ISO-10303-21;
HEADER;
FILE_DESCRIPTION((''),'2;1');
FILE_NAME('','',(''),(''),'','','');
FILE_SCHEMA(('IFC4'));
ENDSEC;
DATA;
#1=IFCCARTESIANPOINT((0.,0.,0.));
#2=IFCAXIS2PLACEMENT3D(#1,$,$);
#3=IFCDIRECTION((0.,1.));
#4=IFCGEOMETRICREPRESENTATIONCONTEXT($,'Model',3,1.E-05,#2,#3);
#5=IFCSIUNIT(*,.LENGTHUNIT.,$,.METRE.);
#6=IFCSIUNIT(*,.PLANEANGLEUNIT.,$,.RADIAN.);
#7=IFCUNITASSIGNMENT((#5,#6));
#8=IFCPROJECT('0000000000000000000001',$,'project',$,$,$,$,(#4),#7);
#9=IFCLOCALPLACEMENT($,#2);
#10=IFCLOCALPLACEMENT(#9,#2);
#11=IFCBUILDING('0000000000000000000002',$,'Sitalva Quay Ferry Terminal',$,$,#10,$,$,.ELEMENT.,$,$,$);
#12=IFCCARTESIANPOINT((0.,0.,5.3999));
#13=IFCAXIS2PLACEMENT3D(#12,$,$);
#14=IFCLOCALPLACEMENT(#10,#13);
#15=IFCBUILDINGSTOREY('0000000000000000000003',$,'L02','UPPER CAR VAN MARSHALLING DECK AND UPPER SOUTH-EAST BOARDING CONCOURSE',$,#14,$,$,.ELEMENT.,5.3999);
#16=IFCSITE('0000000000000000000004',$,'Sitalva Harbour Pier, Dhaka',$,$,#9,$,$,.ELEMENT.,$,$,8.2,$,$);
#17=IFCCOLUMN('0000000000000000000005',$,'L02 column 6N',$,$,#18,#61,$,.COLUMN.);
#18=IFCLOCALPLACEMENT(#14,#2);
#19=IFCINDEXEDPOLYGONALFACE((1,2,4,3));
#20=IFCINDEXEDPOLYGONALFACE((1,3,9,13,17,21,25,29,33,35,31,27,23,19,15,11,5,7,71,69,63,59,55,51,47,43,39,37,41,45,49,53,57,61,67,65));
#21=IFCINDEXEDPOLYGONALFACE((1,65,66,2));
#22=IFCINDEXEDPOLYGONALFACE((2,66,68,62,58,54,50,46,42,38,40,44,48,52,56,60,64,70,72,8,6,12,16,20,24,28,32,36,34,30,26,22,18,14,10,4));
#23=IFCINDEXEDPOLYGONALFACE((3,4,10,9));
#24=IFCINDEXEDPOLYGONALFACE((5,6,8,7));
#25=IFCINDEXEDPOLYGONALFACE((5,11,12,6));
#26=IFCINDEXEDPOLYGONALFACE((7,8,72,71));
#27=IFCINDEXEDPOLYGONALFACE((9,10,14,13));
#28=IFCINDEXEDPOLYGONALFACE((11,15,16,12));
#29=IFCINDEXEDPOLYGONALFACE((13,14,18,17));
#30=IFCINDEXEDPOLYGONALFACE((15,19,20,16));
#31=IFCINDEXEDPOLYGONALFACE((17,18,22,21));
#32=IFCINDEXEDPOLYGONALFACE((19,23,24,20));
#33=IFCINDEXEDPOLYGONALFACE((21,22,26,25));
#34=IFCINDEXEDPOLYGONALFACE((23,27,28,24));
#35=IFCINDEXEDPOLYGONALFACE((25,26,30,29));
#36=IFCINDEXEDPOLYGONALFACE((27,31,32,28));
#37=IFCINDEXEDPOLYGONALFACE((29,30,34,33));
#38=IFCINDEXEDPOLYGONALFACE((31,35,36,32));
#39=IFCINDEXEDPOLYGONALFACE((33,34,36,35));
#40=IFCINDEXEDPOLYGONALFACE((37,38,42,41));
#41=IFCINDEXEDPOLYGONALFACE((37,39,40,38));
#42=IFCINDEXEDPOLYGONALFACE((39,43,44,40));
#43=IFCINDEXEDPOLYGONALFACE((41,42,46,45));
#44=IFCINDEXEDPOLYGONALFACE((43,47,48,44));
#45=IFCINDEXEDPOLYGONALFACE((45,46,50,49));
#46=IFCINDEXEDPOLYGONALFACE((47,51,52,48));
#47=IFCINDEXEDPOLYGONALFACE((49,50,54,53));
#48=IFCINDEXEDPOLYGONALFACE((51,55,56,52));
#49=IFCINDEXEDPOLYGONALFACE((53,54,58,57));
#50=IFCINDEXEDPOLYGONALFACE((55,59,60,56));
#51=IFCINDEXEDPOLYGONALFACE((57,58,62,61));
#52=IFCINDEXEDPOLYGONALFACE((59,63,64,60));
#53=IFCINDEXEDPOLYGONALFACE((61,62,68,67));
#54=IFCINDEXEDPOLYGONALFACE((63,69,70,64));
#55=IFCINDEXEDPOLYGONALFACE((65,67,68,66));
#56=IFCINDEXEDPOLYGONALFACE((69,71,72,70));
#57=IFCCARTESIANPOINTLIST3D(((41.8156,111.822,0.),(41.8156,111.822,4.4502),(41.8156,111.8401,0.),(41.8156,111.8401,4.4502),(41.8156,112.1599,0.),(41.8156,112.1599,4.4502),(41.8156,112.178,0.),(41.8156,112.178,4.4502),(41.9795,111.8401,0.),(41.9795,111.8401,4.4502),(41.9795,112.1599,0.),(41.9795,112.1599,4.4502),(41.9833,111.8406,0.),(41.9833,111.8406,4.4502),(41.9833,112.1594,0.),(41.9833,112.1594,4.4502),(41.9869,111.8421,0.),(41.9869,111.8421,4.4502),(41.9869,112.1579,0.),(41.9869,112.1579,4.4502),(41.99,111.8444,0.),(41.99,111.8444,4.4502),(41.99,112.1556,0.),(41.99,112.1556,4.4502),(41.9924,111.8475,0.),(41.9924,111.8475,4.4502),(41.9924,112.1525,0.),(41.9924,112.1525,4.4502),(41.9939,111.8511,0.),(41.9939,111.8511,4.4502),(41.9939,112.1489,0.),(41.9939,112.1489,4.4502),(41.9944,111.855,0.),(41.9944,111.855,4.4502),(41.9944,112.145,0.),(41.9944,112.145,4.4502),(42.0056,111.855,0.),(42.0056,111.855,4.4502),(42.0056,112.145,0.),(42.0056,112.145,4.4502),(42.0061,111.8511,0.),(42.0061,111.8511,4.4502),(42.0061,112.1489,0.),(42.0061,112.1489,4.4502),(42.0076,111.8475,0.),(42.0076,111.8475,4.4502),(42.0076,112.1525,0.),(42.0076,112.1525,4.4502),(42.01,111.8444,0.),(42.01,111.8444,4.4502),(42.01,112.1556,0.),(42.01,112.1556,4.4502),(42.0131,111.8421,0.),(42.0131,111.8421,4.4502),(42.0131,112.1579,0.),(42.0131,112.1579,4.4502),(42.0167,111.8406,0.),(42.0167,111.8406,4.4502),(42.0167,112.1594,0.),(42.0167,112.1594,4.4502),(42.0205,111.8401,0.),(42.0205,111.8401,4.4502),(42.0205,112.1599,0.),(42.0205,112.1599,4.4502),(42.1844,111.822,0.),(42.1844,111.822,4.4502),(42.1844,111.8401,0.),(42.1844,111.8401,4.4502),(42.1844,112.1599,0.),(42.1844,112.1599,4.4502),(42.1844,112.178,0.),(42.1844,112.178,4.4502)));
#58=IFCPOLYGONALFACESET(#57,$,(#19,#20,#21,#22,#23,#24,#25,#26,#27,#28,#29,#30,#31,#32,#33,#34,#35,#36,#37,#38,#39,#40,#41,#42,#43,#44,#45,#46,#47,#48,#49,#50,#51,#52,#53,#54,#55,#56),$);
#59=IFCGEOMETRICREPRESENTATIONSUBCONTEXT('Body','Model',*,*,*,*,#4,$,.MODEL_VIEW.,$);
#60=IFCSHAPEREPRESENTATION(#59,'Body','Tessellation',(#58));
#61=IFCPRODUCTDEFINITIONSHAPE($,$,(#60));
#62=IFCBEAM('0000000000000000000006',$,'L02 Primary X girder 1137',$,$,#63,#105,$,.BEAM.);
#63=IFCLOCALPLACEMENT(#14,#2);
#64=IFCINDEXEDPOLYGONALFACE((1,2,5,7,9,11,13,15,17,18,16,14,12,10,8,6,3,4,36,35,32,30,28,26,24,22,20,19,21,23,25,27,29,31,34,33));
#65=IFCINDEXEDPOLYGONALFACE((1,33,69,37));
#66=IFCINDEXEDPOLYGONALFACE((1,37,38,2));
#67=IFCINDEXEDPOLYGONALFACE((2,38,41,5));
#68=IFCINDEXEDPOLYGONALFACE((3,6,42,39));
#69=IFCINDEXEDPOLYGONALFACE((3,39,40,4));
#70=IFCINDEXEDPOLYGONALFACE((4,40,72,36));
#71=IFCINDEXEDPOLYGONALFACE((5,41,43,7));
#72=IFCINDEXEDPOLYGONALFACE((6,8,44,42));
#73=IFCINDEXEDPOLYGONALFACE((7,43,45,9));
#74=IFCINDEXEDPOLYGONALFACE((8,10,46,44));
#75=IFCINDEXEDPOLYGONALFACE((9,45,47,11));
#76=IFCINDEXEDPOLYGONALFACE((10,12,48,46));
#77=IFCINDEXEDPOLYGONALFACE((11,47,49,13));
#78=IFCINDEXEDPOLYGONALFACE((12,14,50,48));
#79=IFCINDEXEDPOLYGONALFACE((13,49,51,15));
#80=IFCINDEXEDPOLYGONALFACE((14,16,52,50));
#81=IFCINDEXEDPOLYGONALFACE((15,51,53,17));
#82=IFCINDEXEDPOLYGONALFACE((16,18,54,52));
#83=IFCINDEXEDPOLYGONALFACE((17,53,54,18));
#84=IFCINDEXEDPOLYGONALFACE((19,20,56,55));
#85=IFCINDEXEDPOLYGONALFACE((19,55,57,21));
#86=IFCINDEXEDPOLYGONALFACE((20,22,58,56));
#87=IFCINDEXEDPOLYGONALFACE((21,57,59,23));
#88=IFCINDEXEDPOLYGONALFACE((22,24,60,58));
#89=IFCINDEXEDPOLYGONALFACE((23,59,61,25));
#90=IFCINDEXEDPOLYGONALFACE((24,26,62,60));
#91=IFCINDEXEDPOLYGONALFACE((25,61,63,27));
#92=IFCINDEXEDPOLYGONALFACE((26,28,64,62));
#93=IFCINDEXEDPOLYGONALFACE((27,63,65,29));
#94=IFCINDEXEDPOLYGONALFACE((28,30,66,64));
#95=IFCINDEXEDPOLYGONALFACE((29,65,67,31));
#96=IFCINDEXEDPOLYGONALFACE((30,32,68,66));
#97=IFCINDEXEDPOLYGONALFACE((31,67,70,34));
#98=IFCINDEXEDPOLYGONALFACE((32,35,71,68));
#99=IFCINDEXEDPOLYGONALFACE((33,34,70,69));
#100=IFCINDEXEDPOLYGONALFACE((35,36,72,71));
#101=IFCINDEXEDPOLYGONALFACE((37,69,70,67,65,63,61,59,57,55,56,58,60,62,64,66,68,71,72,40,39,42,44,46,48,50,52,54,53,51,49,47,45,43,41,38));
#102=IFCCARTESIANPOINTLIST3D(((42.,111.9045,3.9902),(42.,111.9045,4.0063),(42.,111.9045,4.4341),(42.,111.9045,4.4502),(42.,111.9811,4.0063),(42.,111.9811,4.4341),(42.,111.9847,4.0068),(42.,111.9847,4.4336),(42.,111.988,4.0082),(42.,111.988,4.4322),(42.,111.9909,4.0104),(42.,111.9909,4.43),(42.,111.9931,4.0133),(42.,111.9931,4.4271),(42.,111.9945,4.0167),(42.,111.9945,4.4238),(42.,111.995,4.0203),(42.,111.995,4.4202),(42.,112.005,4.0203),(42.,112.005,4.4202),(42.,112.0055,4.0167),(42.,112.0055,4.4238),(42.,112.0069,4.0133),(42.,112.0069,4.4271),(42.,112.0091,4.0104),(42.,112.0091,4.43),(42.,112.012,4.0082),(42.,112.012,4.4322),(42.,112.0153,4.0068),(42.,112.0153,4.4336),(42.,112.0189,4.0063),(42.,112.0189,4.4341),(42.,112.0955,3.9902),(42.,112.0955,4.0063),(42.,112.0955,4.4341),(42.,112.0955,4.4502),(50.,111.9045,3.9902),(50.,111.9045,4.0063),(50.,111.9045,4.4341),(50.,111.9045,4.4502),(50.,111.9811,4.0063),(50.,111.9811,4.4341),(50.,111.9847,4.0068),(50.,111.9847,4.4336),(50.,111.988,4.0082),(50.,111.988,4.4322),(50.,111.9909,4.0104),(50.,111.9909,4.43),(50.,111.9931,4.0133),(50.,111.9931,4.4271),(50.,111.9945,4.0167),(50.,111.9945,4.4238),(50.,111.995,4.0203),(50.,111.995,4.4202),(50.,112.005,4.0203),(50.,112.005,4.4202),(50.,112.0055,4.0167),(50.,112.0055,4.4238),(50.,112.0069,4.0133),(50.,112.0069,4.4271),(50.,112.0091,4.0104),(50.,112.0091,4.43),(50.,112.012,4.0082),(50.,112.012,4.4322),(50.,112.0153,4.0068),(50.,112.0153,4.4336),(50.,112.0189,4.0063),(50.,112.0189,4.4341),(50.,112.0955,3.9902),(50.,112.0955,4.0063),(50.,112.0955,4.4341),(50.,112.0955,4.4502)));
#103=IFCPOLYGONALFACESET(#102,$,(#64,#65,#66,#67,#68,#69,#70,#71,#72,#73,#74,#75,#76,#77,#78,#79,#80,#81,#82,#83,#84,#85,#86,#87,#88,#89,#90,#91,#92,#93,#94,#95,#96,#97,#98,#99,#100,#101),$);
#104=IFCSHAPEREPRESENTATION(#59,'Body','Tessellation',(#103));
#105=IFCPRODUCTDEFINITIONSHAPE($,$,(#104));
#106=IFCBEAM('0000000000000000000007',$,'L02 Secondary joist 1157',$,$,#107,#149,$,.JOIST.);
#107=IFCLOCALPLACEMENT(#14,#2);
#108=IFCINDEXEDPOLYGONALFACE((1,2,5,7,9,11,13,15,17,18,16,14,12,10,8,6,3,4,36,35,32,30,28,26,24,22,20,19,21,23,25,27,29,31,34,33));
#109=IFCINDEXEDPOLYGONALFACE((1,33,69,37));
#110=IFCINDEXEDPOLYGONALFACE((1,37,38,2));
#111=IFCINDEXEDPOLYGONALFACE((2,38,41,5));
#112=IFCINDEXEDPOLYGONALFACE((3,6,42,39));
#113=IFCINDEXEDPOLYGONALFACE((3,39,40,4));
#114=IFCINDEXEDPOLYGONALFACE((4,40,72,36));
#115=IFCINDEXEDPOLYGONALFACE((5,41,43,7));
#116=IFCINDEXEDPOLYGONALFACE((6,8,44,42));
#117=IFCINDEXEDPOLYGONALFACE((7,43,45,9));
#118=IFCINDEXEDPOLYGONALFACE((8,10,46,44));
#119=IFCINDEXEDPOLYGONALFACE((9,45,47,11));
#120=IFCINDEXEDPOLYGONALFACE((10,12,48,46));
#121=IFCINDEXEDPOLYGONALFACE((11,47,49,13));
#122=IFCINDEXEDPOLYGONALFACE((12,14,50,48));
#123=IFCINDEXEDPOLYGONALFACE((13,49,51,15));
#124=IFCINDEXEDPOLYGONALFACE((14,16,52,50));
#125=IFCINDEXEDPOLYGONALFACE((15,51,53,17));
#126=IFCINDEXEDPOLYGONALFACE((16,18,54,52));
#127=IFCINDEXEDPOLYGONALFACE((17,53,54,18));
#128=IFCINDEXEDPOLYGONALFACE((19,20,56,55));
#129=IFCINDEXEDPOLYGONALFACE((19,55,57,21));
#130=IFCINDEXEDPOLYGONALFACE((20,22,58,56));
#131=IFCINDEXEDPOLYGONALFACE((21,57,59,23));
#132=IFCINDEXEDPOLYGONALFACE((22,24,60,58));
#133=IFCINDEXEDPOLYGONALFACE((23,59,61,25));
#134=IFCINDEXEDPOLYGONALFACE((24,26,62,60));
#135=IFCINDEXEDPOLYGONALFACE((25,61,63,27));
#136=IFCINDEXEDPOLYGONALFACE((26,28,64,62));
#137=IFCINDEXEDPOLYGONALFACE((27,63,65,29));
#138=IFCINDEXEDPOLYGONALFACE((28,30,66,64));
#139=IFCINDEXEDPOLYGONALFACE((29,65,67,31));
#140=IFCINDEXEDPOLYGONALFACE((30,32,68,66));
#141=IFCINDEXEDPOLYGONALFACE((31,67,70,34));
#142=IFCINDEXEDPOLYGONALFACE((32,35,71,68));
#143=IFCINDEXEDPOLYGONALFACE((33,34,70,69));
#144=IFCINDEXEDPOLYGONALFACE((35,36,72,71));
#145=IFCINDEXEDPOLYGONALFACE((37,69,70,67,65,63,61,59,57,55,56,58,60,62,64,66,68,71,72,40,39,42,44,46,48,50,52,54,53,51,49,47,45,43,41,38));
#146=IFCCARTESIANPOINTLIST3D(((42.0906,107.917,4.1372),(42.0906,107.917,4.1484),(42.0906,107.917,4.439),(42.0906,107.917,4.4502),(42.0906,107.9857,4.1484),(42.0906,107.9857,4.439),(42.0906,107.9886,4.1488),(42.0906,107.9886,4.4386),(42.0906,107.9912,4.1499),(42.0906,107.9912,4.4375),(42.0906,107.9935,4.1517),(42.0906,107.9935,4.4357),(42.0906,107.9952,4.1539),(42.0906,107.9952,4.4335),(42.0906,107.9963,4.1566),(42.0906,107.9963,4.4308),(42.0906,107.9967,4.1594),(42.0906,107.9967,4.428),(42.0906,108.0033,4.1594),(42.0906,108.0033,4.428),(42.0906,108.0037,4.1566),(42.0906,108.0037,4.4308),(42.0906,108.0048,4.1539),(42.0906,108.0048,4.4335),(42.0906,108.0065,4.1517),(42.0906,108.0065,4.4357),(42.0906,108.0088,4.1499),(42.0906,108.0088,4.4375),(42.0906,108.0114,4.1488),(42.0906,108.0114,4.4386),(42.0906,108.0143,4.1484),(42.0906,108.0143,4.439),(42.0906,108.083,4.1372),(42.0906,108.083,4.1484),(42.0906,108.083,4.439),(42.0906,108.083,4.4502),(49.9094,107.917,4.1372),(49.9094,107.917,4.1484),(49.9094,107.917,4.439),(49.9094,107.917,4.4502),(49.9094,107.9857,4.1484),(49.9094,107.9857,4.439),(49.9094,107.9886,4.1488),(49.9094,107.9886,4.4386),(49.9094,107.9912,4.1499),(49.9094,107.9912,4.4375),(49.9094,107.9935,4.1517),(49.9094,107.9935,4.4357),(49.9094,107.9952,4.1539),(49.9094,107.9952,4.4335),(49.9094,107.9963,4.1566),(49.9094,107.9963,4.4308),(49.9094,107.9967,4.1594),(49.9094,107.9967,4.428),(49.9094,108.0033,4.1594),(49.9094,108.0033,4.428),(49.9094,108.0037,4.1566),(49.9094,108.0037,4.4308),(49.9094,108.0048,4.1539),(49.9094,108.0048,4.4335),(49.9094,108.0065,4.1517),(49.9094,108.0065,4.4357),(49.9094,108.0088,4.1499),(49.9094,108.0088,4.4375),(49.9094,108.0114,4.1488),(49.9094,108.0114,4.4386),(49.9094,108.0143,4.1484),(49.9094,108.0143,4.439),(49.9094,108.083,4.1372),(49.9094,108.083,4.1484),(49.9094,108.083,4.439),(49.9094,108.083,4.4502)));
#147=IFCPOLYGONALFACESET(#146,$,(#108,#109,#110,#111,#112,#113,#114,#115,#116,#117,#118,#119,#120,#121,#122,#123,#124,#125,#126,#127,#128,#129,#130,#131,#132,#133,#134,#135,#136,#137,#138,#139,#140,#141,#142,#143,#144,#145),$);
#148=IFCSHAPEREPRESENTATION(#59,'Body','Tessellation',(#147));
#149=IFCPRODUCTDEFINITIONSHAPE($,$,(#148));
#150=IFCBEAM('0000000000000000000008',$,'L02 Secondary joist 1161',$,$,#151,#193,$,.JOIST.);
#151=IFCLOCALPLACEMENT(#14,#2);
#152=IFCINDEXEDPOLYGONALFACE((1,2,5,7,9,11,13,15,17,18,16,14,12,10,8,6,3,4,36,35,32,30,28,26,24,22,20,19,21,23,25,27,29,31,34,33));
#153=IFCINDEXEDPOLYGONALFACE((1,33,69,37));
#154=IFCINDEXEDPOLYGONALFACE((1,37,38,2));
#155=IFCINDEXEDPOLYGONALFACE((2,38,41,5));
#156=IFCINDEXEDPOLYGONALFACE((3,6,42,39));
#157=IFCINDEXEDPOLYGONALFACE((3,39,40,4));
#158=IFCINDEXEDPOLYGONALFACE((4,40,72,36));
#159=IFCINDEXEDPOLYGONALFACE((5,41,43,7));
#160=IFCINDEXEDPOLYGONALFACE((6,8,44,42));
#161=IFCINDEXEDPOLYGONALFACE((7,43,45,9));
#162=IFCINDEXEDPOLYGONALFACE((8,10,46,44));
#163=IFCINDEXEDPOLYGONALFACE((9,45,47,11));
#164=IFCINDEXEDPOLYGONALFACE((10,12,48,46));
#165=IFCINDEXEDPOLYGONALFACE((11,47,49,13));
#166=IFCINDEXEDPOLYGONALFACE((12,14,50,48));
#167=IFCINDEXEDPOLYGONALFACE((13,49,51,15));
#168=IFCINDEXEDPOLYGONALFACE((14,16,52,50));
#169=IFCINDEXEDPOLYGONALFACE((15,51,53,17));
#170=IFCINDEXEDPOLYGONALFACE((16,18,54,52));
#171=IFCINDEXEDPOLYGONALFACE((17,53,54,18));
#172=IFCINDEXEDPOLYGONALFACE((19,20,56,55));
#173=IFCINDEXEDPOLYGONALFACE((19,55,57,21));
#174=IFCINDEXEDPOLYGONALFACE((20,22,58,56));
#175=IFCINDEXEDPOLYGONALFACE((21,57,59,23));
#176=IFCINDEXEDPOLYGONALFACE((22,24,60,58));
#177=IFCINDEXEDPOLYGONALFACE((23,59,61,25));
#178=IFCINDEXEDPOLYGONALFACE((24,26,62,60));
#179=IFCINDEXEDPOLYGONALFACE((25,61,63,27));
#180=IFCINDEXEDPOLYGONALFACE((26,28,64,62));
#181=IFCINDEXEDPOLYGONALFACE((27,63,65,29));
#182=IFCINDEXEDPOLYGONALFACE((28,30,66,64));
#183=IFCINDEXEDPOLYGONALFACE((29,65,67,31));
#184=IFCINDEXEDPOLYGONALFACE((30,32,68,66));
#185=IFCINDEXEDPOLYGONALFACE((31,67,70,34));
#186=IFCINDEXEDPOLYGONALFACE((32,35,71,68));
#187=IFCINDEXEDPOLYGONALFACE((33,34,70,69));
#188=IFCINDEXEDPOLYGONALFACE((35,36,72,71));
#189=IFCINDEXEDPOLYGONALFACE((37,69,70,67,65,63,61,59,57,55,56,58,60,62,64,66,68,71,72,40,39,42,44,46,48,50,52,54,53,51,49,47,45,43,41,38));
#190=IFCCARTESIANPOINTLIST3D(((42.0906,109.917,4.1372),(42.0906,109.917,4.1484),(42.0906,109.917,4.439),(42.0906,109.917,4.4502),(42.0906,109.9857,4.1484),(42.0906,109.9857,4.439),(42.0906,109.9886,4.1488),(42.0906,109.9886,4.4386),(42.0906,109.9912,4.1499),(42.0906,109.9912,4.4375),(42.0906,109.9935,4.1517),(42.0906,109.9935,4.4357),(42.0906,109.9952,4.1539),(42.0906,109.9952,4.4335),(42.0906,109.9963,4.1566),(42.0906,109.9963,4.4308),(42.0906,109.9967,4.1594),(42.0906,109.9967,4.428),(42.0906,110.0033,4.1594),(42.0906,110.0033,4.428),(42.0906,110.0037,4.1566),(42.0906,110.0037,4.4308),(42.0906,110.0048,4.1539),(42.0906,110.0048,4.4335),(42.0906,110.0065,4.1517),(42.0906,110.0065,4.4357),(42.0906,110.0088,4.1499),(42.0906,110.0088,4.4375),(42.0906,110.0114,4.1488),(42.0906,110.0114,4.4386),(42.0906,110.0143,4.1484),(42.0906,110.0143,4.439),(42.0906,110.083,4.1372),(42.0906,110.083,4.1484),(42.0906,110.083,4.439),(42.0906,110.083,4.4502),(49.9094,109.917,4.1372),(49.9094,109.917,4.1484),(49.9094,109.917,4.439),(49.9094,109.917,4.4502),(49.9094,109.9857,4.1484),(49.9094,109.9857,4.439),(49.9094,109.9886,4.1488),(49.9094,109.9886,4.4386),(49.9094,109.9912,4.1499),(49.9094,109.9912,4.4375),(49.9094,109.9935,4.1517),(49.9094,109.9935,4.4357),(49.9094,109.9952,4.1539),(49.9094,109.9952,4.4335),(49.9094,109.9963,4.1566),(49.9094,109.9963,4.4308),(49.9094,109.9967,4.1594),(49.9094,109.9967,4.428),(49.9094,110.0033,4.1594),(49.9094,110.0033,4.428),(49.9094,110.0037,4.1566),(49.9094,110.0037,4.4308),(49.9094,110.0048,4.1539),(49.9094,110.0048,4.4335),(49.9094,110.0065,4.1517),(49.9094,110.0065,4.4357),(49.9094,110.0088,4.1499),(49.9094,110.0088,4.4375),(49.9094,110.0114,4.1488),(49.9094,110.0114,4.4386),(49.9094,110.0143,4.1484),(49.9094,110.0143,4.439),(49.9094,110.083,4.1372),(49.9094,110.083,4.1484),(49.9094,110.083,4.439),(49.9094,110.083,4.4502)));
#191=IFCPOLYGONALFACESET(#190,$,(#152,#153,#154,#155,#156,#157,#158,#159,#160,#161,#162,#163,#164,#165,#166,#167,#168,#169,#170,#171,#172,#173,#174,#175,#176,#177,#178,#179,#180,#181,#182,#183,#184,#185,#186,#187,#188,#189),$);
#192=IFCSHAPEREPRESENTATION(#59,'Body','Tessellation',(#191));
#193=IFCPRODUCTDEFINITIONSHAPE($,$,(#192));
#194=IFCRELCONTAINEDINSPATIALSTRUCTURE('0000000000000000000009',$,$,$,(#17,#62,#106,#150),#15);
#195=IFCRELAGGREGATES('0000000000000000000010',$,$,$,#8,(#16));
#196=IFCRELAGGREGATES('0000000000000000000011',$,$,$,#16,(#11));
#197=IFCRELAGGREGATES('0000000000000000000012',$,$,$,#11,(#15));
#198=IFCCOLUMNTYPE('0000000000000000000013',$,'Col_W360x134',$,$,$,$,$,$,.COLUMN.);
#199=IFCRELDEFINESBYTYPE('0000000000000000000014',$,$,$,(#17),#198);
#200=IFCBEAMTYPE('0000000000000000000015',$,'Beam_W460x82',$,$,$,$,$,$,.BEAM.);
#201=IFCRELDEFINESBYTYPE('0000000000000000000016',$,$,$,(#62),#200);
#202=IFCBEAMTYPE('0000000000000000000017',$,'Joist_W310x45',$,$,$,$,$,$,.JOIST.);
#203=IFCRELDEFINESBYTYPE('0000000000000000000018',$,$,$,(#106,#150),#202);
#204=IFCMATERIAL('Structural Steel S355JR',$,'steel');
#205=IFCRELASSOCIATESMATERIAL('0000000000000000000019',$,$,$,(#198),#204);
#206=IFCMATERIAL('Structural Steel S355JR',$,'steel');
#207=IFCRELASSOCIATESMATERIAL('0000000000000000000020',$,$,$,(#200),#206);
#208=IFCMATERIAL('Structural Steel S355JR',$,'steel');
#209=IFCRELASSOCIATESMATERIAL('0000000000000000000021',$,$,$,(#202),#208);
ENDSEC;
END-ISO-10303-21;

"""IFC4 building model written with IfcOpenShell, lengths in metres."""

from ifc_helpers import new_model, si_unit, direction, frame, origin, origin_2d, place, context, subcontext, project, spatial, i_section, extrude, material, material_profile, profile_set, type_object, element, save


model = new_model("IFC4")

# Units and contexts
model_context = context("Model", 3, precision=1e-05, world=origin(), true_north=direction((0.0, 1.0)))
body_context = subcontext(model_context, "Body", "Model", "MODEL_VIEW")
ifc_project = project(units=[si_unit("LENGTHUNIT", "METRE"), si_unit("PLANEANGLEUNIT", "RADIAN")], contexts=[model_context])

# Site, building, storey
site_placement = place(None, origin())
site = spatial("IfcSite", under=ifc_project, at=site_placement, Name="Sitalva Harbour Pier, Dhaka", CompositionType="ELEMENT", RefElevation=8.2)
building_placement = place(site_placement, origin())
building = spatial("IfcBuilding", under=site, at=building_placement, Name="Sitalva Quay Ferry Terminal", CompositionType="ELEMENT")
storey_placement = place(building_placement, frame((0.0, 0.0, 5.3999)))
storey = spatial("IfcBuildingStorey", under=building, at=storey_placement, Name="L02", Description="UPPER CAR VAN MARSHALLING DECK AND UPPER SOUTH-EAST BOARDING CONCOURSE", CompositionType="ELEMENT", Elevation=5.3999)

# Column
ifc_material_1 = material(Name="Structural Steel S355JR", Category="steel")
ifc_material_profile_1 = material_profile(ifc_material_1, i_section(OverallWidth=0.3689, OverallDepth=0.356, WebThickness=0.0112, FlangeThickness=0.0181, FilletRadius=0.0149, at=origin_2d()), Name="W360x134")
ifc_profile_set_1 = profile_set([ifc_material_profile_1], Name="Structural Steel S355JR")
column_type = type_object("IfcColumnType", Name="Col_W360x134", PredefinedType="COLUMN", material=ifc_profile_set_1)
column_placement = place(storey_placement, frame((42.0, 112.0, 0.0), z_axis=(0.0, 0.0, 1.0), x_axis=(1.0, 0.0, 0.0)))
element("IfcColumn", 1, at=column_placement, inside=storey, type_object=column_type, Name="L02 column 6N", PredefinedType="COLUMN", context=body_context, shape_type="SweptSolid", body=[
    extrude(i_section(OverallWidth=0.3689, OverallDepth=0.356, WebThickness=0.0112, FlangeThickness=0.0181, FilletRadius=0.0149, at=origin_2d()), origin(), (0.0, 0.0, 1.0), 4.4502),
])

# Beams
ifc_material_2 = material(Name="Structural Steel S355JR", Category="steel")
ifc_material_profile_2 = material_profile(ifc_material_2, i_section(OverallWidth=0.1909, OverallDepth=0.46, WebThickness=0.01, FlangeThickness=0.0161, FilletRadius=0.0139, at=origin_2d()), Name="W460x82")
ifc_profile_set_2 = profile_set([ifc_material_profile_2], Name="Structural Steel S355JR")
beam_type_1 = type_object("IfcBeamType", Name="Beam_W460x82", PredefinedType="BEAM", material=ifc_profile_set_2)
beam_placement = place(storey_placement, frame((42.0, 112.0, 4.2202), z_axis=(1.0, 0.0, 0.0), x_axis=(0.0, 1.0, 0.0)))
element("IfcBeam", 2, at=beam_placement, inside=storey, type_object=beam_type_1, Name="L02 Primary X girder 1137", PredefinedType="BEAM", context=body_context, shape_type="SweptSolid", body=[
    extrude(i_section(OverallWidth=0.1909, OverallDepth=0.46, WebThickness=0.01, FlangeThickness=0.0161, FilletRadius=0.0139, at=origin_2d()), origin(), (0.0, 0.0, 1.0), 8.0),
])
ifc_material_3 = material(Name="Structural Steel S355JR", Category="steel")
ifc_material_profile_3 = material_profile(ifc_material_3, i_section(OverallWidth=0.166, OverallDepth=0.313, WebThickness=0.0066, FlangeThickness=0.0112, FilletRadius=0.011, at=origin_2d()), Name="W310x45")
ifc_profile_set_3 = profile_set([ifc_material_profile_3], Name="Structural Steel S355JR")
beam_type_2 = type_object("IfcBeamType", Name="Joist_W310x45", PredefinedType="JOIST", material=ifc_profile_set_3)
for number, where, z_axis, x_axis, name in (
    (3, (42.0906, 108.0, 4.2937), (1.0, 0.0, 0.0), (0.0, 1.0, 0.0), "L02 Secondary joist 1157"),
    (4, (42.0906, 110.0, 4.2937), (1.0, 0.0, 0.0), (0.0, 1.0, 0.0), "L02 Secondary joist 1161"),
):
    element("IfcBeam", number, at=place(storey_placement, frame(where, z_axis=z_axis, x_axis=x_axis)), inside=storey, type_object=beam_type_2, Name=name, PredefinedType="JOIST", context=body_context, shape_type="SweptSolid", body=[
        extrude(i_section(OverallWidth=0.166, OverallDepth=0.313, WebThickness=0.0066, FlangeThickness=0.0112, FilletRadius=0.011, at=origin_2d()), origin(), (0.0, 0.0, 1.0), 7.8188),
    ])

save(model, "model.ifc")
